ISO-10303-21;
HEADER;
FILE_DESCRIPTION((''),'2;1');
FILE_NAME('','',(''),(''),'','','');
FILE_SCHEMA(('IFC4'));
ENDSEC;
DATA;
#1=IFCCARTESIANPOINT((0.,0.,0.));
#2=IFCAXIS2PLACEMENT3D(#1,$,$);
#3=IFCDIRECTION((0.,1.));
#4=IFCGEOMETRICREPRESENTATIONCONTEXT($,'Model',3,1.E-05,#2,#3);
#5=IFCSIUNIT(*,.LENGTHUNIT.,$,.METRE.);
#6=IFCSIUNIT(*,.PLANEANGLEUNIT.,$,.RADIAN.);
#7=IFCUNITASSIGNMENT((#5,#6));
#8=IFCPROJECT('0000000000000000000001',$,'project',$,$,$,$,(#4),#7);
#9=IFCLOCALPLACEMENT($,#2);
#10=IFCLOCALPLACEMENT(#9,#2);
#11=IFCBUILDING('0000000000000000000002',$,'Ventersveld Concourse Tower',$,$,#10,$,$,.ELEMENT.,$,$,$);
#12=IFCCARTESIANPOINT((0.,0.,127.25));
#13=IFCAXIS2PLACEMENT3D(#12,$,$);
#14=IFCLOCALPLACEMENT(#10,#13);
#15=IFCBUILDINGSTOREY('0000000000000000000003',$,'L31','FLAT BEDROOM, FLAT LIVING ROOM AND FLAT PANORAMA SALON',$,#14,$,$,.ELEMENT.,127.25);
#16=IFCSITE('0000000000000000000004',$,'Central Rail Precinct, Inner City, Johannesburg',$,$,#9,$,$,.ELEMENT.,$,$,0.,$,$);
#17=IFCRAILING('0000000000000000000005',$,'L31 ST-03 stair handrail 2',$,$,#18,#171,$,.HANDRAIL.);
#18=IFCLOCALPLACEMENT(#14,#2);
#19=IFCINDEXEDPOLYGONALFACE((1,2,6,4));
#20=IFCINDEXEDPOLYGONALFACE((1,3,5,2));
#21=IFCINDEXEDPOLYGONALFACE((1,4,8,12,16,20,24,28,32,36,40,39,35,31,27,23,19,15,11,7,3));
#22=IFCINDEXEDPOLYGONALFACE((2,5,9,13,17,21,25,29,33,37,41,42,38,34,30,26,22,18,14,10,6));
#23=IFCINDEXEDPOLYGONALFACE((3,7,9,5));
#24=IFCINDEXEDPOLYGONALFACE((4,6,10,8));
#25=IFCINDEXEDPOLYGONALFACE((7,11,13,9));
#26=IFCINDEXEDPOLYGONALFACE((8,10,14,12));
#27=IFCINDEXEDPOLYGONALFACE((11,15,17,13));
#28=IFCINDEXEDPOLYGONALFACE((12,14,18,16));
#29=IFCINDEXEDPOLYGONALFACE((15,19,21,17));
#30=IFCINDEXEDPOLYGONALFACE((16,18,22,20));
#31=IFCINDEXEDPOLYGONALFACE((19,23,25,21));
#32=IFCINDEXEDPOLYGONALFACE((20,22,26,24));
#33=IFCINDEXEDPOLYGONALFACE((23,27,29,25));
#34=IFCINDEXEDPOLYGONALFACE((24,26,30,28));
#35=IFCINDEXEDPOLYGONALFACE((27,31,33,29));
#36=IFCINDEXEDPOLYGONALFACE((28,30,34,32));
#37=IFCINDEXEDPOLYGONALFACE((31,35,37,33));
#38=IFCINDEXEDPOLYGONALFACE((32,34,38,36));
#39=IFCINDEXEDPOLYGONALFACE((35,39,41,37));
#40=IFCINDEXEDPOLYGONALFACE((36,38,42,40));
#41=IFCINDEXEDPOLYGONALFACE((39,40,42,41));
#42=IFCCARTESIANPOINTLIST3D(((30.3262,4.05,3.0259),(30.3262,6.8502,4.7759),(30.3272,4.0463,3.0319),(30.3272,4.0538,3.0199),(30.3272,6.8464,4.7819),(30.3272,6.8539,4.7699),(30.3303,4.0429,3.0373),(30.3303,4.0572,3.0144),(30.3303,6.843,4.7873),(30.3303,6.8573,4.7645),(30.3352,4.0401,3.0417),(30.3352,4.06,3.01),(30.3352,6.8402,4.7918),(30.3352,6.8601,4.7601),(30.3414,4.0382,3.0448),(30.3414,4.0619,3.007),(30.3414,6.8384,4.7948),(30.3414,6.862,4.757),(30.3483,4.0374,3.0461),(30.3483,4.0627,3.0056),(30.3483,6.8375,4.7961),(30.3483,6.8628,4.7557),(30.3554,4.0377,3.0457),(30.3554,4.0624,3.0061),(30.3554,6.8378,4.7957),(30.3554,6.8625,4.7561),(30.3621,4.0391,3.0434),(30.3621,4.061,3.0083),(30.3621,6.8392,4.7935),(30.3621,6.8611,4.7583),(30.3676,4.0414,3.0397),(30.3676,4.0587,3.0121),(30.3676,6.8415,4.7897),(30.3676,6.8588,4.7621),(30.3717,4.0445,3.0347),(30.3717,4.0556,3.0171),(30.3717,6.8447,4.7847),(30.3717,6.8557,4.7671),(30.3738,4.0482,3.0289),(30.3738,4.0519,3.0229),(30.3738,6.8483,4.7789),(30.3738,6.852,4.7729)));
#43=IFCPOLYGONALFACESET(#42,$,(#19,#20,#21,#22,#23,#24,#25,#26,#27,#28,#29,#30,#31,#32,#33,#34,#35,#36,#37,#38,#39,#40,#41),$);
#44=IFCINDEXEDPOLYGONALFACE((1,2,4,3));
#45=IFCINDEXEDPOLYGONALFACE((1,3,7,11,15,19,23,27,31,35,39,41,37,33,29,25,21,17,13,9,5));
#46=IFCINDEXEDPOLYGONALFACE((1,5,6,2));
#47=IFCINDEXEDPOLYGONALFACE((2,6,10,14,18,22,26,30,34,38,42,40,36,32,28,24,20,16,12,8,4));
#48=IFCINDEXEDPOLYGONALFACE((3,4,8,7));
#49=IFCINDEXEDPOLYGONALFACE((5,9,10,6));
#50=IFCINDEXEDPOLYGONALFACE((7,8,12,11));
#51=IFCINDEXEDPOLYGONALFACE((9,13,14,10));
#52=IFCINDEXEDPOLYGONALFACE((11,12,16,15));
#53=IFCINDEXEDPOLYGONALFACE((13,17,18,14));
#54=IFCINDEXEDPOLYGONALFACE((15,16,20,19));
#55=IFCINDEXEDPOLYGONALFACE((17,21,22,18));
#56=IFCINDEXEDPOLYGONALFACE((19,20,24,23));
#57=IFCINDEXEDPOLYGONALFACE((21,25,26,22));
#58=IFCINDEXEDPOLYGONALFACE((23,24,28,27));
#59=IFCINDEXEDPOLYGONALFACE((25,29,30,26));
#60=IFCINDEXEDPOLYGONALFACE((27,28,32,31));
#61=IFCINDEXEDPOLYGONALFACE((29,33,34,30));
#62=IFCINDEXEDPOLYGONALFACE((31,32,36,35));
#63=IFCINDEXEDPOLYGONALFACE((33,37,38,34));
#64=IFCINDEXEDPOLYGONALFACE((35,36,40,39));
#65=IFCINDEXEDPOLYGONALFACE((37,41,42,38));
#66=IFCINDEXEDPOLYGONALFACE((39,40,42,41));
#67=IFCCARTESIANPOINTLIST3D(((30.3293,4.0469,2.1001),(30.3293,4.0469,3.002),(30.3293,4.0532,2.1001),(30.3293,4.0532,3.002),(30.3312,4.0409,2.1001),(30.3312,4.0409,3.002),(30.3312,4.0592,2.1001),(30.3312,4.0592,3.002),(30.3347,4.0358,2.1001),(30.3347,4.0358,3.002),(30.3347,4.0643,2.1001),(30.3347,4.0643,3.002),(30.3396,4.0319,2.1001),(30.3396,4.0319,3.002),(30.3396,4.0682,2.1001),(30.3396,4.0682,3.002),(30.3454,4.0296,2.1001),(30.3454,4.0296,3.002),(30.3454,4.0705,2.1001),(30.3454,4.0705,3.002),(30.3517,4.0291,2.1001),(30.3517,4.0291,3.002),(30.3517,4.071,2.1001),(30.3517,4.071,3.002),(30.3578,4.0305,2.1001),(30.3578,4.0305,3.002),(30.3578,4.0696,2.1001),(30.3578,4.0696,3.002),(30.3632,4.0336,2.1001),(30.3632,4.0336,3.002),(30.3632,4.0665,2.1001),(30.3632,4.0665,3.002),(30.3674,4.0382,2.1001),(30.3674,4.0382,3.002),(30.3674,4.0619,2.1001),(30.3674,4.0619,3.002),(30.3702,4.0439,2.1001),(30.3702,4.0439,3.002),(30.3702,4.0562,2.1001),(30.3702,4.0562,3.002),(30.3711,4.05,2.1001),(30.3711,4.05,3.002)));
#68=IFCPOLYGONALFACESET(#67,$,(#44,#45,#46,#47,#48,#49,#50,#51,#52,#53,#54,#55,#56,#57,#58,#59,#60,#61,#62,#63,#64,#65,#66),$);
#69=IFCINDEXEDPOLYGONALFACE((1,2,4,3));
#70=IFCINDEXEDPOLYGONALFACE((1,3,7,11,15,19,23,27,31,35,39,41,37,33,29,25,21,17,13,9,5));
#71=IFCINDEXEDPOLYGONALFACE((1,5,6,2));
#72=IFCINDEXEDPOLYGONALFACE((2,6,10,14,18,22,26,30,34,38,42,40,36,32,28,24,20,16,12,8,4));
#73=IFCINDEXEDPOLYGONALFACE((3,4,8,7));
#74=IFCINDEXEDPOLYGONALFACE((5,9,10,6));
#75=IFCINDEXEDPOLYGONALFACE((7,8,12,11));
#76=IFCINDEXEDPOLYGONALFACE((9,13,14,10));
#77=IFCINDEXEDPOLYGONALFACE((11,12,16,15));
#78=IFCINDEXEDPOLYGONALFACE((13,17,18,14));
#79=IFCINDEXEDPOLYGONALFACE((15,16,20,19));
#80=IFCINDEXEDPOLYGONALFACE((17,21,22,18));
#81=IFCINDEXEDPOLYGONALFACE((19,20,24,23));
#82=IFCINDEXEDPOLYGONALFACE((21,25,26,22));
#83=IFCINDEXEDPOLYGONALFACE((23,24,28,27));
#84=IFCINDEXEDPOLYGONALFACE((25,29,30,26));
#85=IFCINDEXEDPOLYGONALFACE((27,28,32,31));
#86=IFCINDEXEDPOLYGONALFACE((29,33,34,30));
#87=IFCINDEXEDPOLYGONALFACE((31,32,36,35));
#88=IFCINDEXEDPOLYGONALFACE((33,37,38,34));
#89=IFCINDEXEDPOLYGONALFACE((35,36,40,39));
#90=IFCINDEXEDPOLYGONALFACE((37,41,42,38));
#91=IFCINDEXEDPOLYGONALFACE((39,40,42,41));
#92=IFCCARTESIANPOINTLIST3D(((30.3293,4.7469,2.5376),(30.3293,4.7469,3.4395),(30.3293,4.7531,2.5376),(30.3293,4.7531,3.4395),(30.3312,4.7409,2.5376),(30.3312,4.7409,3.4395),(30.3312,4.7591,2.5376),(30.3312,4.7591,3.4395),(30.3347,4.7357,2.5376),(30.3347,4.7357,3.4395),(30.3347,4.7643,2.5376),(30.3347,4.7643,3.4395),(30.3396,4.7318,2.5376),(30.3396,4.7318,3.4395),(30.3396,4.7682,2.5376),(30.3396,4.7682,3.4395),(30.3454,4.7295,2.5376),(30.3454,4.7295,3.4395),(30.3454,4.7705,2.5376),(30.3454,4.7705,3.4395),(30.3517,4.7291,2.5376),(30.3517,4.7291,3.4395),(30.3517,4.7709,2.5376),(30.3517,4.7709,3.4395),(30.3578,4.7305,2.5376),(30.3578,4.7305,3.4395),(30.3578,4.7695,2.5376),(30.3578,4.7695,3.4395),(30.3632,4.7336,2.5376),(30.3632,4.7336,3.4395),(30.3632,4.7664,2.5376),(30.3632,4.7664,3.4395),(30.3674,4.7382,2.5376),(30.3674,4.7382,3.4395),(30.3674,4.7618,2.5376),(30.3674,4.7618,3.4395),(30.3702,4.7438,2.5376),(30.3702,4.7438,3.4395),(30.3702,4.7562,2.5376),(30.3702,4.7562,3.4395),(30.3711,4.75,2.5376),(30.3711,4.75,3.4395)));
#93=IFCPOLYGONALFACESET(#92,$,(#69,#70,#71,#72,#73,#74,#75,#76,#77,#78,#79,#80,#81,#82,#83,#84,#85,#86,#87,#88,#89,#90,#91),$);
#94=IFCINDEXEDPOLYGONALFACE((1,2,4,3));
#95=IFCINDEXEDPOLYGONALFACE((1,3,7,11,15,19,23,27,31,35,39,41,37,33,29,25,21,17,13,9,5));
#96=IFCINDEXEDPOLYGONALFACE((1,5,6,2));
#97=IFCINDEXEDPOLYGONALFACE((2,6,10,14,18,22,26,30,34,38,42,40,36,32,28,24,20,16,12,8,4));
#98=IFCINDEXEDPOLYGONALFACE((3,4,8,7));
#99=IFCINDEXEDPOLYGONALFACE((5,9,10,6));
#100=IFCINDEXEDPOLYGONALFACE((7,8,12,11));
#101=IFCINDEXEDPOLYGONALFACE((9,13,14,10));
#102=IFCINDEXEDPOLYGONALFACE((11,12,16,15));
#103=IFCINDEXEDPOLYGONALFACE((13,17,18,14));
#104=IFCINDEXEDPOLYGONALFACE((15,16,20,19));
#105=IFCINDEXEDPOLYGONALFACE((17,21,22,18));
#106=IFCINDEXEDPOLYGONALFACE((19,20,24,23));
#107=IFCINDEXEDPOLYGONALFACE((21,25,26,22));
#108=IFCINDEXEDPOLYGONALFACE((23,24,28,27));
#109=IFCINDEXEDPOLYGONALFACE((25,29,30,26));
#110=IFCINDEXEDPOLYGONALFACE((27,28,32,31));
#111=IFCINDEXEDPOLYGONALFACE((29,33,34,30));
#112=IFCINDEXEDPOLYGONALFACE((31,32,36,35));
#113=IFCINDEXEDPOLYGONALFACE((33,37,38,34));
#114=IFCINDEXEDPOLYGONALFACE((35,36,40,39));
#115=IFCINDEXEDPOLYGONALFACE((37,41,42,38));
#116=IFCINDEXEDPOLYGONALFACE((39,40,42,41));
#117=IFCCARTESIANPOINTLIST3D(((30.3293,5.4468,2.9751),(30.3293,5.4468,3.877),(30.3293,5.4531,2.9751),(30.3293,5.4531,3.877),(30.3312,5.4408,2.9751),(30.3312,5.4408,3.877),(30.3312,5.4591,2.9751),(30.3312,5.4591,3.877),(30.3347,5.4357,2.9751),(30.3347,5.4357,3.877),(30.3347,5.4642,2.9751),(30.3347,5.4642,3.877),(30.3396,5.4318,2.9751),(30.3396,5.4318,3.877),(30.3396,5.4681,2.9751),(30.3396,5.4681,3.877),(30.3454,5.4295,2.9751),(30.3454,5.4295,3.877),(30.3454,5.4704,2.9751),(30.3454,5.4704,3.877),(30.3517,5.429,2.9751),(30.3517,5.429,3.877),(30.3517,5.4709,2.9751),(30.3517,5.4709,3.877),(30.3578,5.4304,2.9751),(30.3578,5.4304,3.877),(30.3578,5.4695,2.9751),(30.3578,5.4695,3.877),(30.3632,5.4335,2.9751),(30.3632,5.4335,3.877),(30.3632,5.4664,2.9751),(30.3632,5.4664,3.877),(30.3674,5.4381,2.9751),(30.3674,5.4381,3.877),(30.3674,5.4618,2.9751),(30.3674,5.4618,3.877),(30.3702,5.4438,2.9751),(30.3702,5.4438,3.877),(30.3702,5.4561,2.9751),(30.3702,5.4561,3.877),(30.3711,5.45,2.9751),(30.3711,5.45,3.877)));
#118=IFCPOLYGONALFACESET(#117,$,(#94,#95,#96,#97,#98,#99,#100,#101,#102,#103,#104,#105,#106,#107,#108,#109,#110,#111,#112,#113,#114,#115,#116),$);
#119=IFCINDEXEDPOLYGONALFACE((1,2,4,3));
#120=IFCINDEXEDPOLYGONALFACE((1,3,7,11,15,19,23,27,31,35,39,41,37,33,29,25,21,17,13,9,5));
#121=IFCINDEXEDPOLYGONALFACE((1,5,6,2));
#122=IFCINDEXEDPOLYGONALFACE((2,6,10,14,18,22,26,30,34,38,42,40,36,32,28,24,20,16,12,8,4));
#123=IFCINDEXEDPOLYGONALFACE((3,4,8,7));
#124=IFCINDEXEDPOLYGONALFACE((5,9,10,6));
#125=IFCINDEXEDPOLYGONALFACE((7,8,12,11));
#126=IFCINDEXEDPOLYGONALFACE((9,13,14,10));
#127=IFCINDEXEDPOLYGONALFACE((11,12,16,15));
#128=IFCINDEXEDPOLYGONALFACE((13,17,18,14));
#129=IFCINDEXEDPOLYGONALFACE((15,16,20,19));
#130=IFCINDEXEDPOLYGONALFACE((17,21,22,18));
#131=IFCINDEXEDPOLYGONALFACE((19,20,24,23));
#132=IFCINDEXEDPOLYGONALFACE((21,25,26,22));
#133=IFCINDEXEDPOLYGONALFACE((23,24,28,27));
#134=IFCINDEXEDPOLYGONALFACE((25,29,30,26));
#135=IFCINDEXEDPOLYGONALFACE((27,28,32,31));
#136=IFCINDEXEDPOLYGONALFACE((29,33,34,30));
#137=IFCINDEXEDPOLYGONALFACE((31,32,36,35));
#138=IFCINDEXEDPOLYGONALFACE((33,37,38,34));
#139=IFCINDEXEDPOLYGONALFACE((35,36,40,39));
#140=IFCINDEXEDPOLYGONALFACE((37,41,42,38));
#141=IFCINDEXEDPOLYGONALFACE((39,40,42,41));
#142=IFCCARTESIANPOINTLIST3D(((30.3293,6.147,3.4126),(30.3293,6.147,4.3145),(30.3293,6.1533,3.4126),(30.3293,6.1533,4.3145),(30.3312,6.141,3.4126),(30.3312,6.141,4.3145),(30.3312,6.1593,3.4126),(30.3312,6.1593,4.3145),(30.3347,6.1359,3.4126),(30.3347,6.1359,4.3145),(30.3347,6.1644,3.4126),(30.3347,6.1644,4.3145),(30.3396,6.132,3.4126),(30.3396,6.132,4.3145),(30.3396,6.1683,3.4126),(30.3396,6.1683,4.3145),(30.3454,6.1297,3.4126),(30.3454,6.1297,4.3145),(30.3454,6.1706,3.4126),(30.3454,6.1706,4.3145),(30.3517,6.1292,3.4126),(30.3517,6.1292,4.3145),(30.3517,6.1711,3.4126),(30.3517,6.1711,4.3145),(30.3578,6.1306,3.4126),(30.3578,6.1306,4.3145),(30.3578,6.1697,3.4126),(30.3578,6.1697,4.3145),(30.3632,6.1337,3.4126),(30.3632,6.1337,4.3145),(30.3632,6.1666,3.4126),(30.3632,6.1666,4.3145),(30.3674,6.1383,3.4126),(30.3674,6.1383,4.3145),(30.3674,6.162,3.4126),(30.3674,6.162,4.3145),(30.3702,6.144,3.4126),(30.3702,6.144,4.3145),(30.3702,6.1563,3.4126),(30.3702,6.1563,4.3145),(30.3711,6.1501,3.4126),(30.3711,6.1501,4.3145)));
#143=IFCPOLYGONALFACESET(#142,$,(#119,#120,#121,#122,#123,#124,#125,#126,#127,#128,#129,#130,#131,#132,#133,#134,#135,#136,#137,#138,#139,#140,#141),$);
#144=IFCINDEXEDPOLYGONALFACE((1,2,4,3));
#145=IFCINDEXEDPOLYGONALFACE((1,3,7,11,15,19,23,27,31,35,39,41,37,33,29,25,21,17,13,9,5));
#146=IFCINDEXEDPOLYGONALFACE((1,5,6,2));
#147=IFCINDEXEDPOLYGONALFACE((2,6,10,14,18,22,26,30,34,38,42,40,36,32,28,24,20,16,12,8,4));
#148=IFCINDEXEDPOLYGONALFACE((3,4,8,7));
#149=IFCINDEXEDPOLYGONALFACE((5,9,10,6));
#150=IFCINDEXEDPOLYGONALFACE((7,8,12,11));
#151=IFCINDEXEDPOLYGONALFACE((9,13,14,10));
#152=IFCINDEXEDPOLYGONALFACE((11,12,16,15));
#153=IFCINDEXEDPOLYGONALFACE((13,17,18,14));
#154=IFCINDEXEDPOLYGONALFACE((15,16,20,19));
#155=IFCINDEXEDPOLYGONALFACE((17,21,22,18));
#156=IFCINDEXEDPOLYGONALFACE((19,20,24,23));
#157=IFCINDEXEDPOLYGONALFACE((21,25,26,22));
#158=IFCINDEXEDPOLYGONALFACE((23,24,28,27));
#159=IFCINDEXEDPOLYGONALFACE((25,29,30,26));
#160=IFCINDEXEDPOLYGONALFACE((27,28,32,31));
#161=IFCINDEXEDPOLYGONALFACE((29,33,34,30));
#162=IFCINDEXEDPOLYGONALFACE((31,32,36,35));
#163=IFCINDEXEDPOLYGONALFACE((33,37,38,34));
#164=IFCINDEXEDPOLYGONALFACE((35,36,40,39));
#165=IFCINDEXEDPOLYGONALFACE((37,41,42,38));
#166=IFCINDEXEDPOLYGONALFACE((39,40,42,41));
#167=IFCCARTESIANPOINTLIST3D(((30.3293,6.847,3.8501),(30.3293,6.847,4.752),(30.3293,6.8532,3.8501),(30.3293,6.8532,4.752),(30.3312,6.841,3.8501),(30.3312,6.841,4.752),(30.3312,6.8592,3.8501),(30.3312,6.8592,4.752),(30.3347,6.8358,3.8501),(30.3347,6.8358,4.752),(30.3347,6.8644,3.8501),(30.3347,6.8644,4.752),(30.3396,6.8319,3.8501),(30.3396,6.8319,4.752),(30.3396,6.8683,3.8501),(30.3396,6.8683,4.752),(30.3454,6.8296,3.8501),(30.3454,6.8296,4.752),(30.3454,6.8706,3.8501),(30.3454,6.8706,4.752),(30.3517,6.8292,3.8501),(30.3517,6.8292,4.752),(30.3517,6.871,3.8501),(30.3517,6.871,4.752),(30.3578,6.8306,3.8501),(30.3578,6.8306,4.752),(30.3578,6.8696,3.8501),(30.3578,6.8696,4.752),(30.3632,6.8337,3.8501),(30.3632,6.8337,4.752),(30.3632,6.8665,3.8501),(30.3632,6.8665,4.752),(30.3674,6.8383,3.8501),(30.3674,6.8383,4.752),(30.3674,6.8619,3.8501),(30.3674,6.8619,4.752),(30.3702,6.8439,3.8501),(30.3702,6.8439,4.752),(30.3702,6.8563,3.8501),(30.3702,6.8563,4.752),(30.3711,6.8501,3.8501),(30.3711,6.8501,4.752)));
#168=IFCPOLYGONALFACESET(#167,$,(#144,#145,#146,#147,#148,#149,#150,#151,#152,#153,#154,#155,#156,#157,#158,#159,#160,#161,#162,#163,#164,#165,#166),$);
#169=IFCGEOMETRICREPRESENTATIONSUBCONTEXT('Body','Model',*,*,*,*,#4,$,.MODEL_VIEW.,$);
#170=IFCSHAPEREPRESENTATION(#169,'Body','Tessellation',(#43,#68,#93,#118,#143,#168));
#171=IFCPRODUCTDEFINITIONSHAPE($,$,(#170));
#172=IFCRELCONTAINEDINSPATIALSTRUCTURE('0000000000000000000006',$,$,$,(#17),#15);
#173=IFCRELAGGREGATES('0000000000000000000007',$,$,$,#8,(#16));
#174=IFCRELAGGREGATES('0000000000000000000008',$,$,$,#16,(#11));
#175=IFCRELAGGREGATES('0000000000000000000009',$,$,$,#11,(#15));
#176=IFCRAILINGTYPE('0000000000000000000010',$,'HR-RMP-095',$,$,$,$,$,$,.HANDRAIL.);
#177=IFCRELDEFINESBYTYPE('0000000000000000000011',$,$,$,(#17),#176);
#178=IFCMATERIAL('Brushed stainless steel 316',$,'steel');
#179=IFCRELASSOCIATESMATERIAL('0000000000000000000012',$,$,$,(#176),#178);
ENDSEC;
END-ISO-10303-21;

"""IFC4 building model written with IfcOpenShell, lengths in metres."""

from ifc_helpers import new_model, si_unit, direction, frame, origin, origin_2d, place, context, subcontext, project, spatial, circle, extrude, material, type_object, element, save


model = new_model("IFC4")

# Units and contexts
model_context = context("Model", 3, precision=1e-05, world=origin(), true_north=direction((0.0, 1.0)))
body_context = subcontext(model_context, "Body", "Model", "MODEL_VIEW")
ifc_project = project(units=[si_unit("LENGTHUNIT", "METRE"), si_unit("PLANEANGLEUNIT", "RADIAN")], contexts=[model_context])

# Site, building, storey
site_placement = place(None, origin())
site = spatial("IfcSite", under=ifc_project, at=site_placement, Name="Central Rail Precinct, Inner City, Johannesburg", CompositionType="ELEMENT", RefElevation=0.0)
building_placement = place(site_placement, origin())
building = spatial("IfcBuilding", under=site, at=building_placement, Name="Ventersveld Concourse Tower", CompositionType="ELEMENT")
storey_placement = place(building_placement, frame((0.0, 0.0, 127.25)))
storey = spatial("IfcBuildingStorey", under=building, at=storey_placement, Name="L31", Description="FLAT BEDROOM, FLAT LIVING ROOM AND FLAT PANORAMA SALON", CompositionType="ELEMENT", Elevation=127.25)

# Railing
ifc_material_1 = material(Name="Brushed stainless steel 316", Category="steel")
railing_type_1 = type_object("IfcRailingType", Name="HR-RMP-095", PredefinedType="HANDRAIL", material=ifc_material_1)
railing_1_placement = place(storey_placement, frame((30.3501, 4.05, 2.1001)))
element("IfcRailing", 1, at=railing_1_placement, inside=storey, type_object=railing_type_1, Name="L31 ST-03 stair handrail 2", PredefinedType="HANDRAIL", context=body_context, shape_type="SweptSolid", body=[
    extrude(circle(Radius=0.0239, at=origin_2d()), frame((0.0, 0.0, 0.9258), z_axis=(0.0, 0.848002, 0.529992), x_axis=(-1.0, 0.0, 0.0)), (0.0, 0.0, 1.0), 3.302),
    extrude(circle(Radius=0.021, at=origin_2d()), origin(), (0.0, 0.0, 1.0), 0.9019),
    extrude(circle(Radius=0.021, at=origin_2d()), frame((0.0, 0.7, 0.4375)), (0.0, 0.0, 1.0), 0.9019),
    extrude(circle(Radius=0.021, at=origin_2d()), frame((0.0, 1.3999, 0.875)), (0.0, 0.0, 1.0), 0.9019),
    extrude(circle(Radius=0.021, at=origin_2d()), frame((0.0, 2.1001, 1.3125)), (0.0, 0.0, 1.0), 0.9019),
    extrude(circle(Radius=0.021, at=origin_2d()), frame((0.0, 2.8, 1.75)), (0.0, 0.0, 1.0), 0.9019),
])

save(model, "model.ifc")
